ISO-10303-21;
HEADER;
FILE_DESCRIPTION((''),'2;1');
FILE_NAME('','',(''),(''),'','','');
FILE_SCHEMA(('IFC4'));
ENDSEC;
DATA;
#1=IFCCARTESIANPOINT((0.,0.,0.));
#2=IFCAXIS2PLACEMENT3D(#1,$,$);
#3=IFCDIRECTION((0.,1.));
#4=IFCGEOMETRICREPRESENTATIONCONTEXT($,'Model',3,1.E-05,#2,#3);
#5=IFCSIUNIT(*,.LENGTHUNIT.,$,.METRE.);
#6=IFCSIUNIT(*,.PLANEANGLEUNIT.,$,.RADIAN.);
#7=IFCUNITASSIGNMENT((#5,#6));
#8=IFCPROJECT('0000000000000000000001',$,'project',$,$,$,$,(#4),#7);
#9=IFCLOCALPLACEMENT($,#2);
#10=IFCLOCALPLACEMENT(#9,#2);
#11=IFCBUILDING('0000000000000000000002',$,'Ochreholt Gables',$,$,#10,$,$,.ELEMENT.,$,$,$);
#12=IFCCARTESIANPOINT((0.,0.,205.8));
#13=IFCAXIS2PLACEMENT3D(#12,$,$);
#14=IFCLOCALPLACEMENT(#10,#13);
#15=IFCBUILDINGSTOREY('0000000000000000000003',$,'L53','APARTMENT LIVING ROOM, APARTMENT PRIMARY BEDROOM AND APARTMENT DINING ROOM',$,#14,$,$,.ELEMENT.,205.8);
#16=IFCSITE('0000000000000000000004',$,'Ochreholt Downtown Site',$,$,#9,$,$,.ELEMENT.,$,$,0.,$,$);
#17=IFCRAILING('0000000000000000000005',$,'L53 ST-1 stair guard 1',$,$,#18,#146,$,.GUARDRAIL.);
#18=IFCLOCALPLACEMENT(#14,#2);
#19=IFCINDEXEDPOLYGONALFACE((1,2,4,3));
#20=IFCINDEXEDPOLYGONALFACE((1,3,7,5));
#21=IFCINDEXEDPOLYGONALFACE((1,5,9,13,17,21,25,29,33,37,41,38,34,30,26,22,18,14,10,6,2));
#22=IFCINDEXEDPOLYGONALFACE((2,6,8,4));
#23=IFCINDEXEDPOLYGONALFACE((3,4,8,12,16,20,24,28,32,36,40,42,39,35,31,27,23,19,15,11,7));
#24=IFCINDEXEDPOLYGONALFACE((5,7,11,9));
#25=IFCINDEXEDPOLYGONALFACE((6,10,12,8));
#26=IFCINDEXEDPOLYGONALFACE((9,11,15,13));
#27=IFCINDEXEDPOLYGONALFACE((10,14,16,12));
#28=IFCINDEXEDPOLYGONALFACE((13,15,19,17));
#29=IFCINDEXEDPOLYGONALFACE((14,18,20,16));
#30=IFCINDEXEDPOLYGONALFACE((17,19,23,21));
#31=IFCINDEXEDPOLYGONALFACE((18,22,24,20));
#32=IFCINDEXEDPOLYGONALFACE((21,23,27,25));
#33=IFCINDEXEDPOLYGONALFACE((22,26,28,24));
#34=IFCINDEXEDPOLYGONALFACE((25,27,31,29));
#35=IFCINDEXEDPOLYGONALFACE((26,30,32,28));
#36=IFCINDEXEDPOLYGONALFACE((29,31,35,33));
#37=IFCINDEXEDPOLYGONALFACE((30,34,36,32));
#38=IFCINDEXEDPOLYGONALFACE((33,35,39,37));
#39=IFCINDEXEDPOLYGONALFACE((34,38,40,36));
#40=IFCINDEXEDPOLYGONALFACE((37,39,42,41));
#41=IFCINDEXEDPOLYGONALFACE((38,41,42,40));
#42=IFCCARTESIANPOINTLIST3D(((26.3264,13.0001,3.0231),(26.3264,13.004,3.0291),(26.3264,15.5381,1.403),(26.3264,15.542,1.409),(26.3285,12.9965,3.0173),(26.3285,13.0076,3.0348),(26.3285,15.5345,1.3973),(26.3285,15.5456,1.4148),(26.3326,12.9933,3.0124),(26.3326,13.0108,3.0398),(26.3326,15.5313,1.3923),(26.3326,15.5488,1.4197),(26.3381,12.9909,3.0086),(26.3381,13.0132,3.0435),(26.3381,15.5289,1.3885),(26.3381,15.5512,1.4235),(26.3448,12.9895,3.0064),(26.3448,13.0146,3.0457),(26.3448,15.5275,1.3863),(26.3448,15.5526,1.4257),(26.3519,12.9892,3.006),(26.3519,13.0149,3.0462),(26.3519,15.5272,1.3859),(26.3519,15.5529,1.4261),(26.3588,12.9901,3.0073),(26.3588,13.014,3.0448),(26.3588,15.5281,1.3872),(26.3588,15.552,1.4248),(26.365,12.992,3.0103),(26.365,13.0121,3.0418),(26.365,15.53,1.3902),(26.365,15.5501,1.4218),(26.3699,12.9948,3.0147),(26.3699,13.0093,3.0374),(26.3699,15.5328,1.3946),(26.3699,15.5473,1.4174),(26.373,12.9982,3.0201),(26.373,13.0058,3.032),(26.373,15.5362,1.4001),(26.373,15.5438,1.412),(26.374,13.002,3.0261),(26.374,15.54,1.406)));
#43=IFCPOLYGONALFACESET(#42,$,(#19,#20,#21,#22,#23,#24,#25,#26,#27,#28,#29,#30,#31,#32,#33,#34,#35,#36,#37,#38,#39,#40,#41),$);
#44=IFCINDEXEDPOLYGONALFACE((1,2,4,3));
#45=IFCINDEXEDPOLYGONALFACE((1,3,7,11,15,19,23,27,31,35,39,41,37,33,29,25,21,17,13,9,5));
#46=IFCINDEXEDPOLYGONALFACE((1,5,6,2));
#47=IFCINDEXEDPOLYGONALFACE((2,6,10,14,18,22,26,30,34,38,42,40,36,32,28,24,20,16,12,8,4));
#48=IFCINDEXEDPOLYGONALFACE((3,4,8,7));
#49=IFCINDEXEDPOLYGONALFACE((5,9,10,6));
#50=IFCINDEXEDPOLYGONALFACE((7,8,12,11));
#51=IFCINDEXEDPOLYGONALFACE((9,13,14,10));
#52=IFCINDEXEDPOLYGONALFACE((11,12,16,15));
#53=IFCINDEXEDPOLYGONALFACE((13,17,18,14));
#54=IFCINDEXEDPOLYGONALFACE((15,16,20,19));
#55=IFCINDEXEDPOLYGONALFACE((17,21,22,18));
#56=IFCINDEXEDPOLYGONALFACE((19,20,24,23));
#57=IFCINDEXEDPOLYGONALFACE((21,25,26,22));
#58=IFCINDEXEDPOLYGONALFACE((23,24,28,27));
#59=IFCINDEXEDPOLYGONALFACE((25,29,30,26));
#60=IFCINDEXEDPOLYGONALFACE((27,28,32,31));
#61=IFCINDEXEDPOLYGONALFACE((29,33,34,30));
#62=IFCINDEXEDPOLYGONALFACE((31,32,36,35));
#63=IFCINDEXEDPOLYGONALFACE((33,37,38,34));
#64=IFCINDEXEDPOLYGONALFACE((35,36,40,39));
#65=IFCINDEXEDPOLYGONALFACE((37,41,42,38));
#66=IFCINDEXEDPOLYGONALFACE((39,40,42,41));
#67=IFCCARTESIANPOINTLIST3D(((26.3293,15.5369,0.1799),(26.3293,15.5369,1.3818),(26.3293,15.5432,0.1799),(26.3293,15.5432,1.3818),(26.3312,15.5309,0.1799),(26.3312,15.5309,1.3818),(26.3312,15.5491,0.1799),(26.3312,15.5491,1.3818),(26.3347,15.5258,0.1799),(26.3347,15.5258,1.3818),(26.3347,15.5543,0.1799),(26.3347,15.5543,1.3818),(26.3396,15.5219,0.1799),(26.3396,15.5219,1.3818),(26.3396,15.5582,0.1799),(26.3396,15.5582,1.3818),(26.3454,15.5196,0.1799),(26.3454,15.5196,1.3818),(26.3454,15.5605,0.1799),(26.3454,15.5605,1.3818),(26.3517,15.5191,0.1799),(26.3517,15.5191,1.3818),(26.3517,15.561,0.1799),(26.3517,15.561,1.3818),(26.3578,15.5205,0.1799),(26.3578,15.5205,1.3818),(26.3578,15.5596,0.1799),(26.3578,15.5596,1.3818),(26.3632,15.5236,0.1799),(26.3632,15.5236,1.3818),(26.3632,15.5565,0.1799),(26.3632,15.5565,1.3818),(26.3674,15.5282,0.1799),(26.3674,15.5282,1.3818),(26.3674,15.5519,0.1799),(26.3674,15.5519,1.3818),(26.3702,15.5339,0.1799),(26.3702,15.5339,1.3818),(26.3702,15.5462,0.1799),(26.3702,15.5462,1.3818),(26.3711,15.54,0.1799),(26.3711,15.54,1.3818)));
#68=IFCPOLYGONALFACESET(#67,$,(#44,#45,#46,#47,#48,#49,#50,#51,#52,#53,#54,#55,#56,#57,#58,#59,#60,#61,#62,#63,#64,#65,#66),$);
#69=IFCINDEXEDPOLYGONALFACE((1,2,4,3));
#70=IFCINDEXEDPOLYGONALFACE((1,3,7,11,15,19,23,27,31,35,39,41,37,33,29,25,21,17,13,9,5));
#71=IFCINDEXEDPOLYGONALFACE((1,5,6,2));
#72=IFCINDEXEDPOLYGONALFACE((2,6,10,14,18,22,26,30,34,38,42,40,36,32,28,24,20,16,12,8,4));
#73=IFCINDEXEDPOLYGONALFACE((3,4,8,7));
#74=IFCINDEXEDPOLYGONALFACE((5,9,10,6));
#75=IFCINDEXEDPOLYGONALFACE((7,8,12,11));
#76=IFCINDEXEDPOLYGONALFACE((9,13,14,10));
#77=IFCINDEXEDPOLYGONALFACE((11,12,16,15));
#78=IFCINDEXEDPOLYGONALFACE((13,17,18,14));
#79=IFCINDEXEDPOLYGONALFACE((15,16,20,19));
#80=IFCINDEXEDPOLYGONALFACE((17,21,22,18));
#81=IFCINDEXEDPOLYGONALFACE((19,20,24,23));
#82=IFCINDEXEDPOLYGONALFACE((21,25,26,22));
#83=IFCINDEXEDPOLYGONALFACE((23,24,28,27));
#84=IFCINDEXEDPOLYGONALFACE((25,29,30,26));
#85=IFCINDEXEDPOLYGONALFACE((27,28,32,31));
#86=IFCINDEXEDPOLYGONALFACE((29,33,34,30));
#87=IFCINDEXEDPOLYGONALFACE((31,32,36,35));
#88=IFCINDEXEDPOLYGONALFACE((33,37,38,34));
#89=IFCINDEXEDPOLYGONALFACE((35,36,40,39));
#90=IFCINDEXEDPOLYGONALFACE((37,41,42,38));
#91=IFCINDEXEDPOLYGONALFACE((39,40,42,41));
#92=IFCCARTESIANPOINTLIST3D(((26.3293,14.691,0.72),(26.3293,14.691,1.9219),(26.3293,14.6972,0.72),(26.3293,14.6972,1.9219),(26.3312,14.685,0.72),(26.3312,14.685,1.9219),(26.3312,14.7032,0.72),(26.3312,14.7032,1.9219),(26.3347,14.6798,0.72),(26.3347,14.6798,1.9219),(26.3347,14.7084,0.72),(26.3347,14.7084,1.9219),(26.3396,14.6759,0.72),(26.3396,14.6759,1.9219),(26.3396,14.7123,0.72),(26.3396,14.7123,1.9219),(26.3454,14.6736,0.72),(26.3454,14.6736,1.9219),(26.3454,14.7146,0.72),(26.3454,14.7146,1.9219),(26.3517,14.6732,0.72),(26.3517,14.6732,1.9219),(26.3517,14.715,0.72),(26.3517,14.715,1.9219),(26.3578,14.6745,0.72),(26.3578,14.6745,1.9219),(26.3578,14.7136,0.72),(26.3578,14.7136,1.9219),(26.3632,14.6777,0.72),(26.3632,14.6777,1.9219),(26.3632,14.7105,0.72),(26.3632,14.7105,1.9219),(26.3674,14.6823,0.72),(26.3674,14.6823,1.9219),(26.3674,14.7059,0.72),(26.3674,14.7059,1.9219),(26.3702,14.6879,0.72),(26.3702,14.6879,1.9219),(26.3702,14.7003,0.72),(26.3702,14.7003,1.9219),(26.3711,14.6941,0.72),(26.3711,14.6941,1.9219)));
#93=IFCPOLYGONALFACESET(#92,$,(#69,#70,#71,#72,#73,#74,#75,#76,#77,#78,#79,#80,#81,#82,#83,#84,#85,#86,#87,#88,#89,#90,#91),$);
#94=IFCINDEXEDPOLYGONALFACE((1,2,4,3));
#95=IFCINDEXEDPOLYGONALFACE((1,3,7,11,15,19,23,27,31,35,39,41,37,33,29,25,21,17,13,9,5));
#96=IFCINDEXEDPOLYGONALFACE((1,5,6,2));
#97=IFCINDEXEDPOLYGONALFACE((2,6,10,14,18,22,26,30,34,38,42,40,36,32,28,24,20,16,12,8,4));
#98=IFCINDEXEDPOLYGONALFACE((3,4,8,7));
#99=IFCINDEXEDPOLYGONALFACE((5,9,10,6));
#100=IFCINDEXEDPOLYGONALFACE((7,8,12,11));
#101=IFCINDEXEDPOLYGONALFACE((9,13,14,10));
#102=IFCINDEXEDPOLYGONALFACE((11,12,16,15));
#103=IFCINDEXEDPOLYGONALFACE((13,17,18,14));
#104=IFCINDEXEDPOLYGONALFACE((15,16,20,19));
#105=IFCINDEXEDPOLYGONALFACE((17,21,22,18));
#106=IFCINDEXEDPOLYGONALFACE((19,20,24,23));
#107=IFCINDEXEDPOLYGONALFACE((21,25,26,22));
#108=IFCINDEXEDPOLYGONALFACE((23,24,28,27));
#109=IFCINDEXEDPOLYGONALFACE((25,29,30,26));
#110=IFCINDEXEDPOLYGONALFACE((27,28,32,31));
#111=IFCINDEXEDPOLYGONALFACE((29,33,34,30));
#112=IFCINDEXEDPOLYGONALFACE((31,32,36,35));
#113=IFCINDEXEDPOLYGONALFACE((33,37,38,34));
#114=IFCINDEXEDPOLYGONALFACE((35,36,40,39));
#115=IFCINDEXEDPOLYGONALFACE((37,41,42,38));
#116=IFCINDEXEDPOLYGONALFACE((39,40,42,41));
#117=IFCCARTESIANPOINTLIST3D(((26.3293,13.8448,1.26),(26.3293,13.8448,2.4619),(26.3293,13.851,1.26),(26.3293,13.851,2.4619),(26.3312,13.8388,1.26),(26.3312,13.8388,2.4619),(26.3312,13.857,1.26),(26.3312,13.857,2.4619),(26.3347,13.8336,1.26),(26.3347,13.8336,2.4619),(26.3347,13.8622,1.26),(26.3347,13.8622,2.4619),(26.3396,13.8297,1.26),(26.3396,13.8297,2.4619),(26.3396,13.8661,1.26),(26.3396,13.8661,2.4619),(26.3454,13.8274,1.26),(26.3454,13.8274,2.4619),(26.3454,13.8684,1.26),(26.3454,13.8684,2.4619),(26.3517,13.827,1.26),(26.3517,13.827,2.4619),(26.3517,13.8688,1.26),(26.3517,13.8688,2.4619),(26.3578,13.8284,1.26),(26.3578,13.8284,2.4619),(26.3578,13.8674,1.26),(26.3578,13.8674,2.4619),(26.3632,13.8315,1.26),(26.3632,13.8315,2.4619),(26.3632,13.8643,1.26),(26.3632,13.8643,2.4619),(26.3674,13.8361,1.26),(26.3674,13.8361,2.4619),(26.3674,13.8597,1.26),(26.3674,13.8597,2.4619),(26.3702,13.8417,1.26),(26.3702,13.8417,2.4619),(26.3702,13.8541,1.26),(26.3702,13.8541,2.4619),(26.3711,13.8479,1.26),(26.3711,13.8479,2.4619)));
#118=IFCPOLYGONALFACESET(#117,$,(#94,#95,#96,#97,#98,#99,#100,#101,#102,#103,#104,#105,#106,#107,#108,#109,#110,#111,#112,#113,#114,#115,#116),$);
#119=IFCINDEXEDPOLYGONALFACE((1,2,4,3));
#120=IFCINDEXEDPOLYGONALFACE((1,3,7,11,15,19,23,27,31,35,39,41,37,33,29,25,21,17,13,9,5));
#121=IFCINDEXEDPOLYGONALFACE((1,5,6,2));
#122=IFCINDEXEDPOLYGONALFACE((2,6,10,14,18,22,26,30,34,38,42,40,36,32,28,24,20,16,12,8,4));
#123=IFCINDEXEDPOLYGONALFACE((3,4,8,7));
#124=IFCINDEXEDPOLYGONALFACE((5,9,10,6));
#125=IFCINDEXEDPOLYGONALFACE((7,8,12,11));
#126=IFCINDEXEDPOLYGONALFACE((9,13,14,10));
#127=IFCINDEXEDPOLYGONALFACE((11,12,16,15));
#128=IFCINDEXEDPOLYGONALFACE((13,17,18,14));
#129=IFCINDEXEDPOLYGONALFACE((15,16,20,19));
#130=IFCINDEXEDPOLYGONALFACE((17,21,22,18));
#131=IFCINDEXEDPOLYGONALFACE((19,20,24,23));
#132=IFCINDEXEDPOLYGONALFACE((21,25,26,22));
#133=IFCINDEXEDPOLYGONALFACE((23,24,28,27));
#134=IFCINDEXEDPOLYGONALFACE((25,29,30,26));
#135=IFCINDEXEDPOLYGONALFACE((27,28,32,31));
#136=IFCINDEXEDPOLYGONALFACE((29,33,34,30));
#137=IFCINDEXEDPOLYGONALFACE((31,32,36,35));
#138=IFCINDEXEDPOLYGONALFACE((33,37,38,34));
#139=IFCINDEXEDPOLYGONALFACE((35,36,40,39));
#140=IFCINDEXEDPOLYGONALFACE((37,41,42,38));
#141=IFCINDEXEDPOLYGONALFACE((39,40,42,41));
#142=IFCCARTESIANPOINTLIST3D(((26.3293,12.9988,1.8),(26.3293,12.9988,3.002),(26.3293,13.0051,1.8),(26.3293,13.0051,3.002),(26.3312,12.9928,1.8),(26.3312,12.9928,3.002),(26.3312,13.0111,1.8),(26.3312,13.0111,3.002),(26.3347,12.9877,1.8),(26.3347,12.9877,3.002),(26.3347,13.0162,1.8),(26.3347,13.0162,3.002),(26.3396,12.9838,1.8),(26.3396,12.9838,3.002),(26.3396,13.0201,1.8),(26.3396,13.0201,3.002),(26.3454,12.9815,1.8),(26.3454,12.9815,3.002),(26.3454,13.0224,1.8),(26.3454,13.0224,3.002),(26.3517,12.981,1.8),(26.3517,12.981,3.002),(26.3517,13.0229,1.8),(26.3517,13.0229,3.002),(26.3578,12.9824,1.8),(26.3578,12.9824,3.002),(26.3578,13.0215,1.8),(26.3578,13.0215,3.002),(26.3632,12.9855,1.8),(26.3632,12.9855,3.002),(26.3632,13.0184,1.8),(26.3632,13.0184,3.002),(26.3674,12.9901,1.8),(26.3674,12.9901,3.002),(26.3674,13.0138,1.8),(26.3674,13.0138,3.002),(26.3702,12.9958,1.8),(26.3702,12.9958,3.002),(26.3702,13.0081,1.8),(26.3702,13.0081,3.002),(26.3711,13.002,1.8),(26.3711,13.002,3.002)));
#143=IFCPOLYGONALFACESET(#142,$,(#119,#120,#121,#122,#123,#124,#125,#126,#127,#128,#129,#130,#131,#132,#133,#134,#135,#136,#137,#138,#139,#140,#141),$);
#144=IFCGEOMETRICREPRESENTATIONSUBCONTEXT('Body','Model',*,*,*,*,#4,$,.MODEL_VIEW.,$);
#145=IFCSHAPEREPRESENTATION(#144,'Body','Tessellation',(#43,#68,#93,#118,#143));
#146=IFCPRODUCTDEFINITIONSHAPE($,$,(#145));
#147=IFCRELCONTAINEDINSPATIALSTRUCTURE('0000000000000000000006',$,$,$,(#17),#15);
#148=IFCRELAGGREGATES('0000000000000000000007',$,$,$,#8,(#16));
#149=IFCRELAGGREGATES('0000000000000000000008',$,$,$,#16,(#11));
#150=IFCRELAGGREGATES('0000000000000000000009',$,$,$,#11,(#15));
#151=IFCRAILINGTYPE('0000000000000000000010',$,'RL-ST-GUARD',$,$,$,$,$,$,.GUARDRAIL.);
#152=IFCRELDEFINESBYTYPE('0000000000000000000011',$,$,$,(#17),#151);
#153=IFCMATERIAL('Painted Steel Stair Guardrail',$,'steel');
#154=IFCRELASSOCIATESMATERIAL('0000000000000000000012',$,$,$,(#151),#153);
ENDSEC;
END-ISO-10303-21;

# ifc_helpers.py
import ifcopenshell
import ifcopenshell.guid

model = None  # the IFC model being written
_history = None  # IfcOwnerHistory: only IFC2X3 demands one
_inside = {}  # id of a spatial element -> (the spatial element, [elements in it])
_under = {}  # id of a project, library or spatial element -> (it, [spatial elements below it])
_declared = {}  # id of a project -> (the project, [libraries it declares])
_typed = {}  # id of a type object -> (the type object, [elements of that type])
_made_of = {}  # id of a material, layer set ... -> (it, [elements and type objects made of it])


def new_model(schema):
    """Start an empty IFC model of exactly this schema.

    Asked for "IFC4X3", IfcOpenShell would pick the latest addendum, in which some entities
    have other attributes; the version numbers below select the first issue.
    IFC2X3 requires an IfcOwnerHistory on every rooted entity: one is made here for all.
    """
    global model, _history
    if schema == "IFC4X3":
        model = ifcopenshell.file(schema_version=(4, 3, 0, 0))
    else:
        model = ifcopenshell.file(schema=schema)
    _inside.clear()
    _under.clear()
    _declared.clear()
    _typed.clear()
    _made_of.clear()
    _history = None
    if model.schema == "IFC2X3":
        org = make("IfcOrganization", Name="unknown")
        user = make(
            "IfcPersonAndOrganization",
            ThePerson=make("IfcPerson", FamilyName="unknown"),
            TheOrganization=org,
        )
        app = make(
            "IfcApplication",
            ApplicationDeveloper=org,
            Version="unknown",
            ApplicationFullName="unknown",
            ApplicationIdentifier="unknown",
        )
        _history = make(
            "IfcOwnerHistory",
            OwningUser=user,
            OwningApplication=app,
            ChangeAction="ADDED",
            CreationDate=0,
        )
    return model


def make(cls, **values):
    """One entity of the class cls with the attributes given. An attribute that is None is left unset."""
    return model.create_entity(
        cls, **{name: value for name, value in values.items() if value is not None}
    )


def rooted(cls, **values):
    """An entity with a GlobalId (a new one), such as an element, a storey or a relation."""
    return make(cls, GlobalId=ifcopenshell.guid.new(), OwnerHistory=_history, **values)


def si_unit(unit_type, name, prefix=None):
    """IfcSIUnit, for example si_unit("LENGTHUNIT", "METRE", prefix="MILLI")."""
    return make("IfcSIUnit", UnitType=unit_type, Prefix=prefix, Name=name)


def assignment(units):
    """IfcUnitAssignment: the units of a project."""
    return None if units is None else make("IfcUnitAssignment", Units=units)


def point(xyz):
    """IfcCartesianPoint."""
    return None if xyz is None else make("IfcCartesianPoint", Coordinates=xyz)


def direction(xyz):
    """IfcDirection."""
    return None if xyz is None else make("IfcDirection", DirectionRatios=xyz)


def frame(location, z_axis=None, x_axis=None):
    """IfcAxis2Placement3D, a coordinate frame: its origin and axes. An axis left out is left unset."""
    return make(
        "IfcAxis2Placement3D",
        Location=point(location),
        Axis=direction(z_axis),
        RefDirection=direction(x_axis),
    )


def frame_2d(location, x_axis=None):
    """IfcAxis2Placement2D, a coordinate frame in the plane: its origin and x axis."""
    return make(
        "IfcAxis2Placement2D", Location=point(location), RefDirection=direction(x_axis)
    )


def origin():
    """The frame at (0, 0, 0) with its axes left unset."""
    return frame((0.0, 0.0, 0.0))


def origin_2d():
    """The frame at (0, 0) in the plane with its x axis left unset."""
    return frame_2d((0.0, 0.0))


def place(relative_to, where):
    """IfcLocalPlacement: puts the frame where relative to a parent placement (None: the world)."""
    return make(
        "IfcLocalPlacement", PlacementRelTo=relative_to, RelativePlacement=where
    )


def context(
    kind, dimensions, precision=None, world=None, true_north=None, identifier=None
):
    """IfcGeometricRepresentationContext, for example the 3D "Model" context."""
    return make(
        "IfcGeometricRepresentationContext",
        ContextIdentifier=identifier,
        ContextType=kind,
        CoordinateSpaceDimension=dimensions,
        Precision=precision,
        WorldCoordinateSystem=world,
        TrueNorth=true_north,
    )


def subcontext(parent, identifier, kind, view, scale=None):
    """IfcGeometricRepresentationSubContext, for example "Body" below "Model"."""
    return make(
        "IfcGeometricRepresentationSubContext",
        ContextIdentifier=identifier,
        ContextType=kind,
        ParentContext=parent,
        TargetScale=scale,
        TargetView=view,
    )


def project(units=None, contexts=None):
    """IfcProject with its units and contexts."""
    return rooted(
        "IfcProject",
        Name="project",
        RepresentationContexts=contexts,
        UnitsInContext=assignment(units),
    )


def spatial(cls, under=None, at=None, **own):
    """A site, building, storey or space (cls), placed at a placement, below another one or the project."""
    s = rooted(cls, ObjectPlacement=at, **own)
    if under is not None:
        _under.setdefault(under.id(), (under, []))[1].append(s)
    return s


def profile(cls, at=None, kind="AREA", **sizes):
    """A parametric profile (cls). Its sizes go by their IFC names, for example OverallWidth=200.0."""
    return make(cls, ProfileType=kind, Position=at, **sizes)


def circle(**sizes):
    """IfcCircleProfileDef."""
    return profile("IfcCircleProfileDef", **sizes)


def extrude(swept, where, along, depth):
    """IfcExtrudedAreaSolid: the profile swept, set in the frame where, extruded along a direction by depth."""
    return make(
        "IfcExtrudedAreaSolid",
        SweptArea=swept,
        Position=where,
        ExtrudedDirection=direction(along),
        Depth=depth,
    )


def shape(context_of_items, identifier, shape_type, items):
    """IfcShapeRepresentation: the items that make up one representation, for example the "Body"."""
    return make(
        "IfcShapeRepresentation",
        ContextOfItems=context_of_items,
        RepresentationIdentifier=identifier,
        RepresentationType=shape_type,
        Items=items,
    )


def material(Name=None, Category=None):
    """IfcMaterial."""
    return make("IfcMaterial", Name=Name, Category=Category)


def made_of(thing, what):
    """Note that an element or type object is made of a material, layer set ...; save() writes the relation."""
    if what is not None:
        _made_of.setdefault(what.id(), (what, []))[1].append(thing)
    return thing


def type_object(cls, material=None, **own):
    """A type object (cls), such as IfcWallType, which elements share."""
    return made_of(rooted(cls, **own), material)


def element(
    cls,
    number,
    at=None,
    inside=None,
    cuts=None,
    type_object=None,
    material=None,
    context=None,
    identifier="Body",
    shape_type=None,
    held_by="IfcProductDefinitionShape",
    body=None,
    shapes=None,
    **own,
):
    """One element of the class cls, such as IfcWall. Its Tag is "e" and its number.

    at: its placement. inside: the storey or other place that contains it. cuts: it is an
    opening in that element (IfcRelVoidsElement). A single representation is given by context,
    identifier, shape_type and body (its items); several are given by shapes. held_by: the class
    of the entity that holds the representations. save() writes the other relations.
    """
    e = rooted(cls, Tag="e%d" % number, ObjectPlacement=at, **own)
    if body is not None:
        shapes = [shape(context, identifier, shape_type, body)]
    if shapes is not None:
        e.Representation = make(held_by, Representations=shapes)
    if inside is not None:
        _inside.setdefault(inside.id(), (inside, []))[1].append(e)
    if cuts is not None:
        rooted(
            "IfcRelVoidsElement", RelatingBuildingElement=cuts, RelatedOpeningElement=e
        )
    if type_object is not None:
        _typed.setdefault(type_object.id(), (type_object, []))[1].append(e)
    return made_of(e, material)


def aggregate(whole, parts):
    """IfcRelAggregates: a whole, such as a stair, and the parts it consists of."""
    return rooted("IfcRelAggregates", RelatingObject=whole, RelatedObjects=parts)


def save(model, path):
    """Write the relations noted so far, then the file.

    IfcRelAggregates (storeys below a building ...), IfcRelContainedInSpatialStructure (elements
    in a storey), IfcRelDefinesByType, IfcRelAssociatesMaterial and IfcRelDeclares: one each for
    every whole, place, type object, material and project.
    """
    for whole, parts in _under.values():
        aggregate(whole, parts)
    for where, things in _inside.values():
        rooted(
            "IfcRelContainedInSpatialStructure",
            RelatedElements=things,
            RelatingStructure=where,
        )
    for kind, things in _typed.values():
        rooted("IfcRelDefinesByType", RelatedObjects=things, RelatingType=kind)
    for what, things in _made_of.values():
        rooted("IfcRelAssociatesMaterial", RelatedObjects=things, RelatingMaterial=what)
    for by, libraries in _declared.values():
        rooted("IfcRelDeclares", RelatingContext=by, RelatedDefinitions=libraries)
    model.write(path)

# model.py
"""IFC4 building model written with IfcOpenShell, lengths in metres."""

from ifc_helpers import new_model, si_unit, direction, frame, origin, origin_2d, place, context, subcontext, project, spatial, circle, extrude, material, type_object, element, save


model = new_model("IFC4")

# Units and contexts
model_context = context("Model", 3, precision=1e-05, world=origin(), true_north=direction((0.0, 1.0)))
body_context = subcontext(model_context, "Body", "Model", "MODEL_VIEW")
ifc_project = project(units=[si_unit("LENGTHUNIT", "METRE"), si_unit("PLANEANGLEUNIT", "RADIAN")], contexts=[model_context])

# Site, building, storey
site_placement = place(None, origin())
site = spatial("IfcSite", under=ifc_project, at=site_placement, Name="Ochreholt Downtown Site", CompositionType="ELEMENT", RefElevation=0.0)
building_placement = place(site_placement, origin())
building = spatial("IfcBuilding", under=site, at=building_placement, Name="Ochreholt Gables", CompositionType="ELEMENT")
storey_placement = place(building_placement, frame((0.0, 0.0, 205.8)))
storey = spatial("IfcBuildingStorey", under=building, at=storey_placement, Name="L53", Description="APARTMENT LIVING ROOM, APARTMENT PRIMARY BEDROOM AND APARTMENT DINING ROOM", CompositionType="ELEMENT", Elevation=205.8)

# Railing
ifc_material_1 = material(Name="Painted Steel Stair Guardrail", Category="steel")
railing_type_1 = type_object("IfcRailingType", Name="RL-ST-GUARD", PredefinedType="GUARDRAIL", material=ifc_material_1)
railing_1_placement = place(storey_placement, frame((26.3501, 15.54, 0.1799)))
element("IfcRailing", 1, at=railing_1_placement, inside=storey, type_object=railing_type_1, Name="L53 ST-1 stair guard 1", PredefinedType="GUARDRAIL", context=body_context, shape_type="SweptSolid", body=[
    extrude(circle(Radius=0.0239, at=origin_2d()), frame((0.0, 0.0, 1.2261), z_axis=(0.0, -0.842913, 0.53805), x_axis=(1.0, 0.0, 0.0)), (0.0, 0.0, 1.0), 3.011),
    extrude(circle(Radius=0.021, at=origin_2d()), origin(), (0.0, 0.0, 1.0), 1.2019),
    extrude(circle(Radius=0.021, at=origin_2d()), frame((0.0, -0.8459, 0.54)), (0.0, 0.0, 1.0), 1.2019),
    extrude(circle(Radius=0.021, at=origin_2d()), frame((0.0, -1.6921, 1.0801)), (0.0, 0.0, 1.0), 1.2019),
    extrude(circle(Radius=0.021, at=origin_2d()), frame((0.0, -2.5381, 1.6201)), (0.0, 0.0, 1.0), 1.2019),
])

save(model, "model.ifc")
